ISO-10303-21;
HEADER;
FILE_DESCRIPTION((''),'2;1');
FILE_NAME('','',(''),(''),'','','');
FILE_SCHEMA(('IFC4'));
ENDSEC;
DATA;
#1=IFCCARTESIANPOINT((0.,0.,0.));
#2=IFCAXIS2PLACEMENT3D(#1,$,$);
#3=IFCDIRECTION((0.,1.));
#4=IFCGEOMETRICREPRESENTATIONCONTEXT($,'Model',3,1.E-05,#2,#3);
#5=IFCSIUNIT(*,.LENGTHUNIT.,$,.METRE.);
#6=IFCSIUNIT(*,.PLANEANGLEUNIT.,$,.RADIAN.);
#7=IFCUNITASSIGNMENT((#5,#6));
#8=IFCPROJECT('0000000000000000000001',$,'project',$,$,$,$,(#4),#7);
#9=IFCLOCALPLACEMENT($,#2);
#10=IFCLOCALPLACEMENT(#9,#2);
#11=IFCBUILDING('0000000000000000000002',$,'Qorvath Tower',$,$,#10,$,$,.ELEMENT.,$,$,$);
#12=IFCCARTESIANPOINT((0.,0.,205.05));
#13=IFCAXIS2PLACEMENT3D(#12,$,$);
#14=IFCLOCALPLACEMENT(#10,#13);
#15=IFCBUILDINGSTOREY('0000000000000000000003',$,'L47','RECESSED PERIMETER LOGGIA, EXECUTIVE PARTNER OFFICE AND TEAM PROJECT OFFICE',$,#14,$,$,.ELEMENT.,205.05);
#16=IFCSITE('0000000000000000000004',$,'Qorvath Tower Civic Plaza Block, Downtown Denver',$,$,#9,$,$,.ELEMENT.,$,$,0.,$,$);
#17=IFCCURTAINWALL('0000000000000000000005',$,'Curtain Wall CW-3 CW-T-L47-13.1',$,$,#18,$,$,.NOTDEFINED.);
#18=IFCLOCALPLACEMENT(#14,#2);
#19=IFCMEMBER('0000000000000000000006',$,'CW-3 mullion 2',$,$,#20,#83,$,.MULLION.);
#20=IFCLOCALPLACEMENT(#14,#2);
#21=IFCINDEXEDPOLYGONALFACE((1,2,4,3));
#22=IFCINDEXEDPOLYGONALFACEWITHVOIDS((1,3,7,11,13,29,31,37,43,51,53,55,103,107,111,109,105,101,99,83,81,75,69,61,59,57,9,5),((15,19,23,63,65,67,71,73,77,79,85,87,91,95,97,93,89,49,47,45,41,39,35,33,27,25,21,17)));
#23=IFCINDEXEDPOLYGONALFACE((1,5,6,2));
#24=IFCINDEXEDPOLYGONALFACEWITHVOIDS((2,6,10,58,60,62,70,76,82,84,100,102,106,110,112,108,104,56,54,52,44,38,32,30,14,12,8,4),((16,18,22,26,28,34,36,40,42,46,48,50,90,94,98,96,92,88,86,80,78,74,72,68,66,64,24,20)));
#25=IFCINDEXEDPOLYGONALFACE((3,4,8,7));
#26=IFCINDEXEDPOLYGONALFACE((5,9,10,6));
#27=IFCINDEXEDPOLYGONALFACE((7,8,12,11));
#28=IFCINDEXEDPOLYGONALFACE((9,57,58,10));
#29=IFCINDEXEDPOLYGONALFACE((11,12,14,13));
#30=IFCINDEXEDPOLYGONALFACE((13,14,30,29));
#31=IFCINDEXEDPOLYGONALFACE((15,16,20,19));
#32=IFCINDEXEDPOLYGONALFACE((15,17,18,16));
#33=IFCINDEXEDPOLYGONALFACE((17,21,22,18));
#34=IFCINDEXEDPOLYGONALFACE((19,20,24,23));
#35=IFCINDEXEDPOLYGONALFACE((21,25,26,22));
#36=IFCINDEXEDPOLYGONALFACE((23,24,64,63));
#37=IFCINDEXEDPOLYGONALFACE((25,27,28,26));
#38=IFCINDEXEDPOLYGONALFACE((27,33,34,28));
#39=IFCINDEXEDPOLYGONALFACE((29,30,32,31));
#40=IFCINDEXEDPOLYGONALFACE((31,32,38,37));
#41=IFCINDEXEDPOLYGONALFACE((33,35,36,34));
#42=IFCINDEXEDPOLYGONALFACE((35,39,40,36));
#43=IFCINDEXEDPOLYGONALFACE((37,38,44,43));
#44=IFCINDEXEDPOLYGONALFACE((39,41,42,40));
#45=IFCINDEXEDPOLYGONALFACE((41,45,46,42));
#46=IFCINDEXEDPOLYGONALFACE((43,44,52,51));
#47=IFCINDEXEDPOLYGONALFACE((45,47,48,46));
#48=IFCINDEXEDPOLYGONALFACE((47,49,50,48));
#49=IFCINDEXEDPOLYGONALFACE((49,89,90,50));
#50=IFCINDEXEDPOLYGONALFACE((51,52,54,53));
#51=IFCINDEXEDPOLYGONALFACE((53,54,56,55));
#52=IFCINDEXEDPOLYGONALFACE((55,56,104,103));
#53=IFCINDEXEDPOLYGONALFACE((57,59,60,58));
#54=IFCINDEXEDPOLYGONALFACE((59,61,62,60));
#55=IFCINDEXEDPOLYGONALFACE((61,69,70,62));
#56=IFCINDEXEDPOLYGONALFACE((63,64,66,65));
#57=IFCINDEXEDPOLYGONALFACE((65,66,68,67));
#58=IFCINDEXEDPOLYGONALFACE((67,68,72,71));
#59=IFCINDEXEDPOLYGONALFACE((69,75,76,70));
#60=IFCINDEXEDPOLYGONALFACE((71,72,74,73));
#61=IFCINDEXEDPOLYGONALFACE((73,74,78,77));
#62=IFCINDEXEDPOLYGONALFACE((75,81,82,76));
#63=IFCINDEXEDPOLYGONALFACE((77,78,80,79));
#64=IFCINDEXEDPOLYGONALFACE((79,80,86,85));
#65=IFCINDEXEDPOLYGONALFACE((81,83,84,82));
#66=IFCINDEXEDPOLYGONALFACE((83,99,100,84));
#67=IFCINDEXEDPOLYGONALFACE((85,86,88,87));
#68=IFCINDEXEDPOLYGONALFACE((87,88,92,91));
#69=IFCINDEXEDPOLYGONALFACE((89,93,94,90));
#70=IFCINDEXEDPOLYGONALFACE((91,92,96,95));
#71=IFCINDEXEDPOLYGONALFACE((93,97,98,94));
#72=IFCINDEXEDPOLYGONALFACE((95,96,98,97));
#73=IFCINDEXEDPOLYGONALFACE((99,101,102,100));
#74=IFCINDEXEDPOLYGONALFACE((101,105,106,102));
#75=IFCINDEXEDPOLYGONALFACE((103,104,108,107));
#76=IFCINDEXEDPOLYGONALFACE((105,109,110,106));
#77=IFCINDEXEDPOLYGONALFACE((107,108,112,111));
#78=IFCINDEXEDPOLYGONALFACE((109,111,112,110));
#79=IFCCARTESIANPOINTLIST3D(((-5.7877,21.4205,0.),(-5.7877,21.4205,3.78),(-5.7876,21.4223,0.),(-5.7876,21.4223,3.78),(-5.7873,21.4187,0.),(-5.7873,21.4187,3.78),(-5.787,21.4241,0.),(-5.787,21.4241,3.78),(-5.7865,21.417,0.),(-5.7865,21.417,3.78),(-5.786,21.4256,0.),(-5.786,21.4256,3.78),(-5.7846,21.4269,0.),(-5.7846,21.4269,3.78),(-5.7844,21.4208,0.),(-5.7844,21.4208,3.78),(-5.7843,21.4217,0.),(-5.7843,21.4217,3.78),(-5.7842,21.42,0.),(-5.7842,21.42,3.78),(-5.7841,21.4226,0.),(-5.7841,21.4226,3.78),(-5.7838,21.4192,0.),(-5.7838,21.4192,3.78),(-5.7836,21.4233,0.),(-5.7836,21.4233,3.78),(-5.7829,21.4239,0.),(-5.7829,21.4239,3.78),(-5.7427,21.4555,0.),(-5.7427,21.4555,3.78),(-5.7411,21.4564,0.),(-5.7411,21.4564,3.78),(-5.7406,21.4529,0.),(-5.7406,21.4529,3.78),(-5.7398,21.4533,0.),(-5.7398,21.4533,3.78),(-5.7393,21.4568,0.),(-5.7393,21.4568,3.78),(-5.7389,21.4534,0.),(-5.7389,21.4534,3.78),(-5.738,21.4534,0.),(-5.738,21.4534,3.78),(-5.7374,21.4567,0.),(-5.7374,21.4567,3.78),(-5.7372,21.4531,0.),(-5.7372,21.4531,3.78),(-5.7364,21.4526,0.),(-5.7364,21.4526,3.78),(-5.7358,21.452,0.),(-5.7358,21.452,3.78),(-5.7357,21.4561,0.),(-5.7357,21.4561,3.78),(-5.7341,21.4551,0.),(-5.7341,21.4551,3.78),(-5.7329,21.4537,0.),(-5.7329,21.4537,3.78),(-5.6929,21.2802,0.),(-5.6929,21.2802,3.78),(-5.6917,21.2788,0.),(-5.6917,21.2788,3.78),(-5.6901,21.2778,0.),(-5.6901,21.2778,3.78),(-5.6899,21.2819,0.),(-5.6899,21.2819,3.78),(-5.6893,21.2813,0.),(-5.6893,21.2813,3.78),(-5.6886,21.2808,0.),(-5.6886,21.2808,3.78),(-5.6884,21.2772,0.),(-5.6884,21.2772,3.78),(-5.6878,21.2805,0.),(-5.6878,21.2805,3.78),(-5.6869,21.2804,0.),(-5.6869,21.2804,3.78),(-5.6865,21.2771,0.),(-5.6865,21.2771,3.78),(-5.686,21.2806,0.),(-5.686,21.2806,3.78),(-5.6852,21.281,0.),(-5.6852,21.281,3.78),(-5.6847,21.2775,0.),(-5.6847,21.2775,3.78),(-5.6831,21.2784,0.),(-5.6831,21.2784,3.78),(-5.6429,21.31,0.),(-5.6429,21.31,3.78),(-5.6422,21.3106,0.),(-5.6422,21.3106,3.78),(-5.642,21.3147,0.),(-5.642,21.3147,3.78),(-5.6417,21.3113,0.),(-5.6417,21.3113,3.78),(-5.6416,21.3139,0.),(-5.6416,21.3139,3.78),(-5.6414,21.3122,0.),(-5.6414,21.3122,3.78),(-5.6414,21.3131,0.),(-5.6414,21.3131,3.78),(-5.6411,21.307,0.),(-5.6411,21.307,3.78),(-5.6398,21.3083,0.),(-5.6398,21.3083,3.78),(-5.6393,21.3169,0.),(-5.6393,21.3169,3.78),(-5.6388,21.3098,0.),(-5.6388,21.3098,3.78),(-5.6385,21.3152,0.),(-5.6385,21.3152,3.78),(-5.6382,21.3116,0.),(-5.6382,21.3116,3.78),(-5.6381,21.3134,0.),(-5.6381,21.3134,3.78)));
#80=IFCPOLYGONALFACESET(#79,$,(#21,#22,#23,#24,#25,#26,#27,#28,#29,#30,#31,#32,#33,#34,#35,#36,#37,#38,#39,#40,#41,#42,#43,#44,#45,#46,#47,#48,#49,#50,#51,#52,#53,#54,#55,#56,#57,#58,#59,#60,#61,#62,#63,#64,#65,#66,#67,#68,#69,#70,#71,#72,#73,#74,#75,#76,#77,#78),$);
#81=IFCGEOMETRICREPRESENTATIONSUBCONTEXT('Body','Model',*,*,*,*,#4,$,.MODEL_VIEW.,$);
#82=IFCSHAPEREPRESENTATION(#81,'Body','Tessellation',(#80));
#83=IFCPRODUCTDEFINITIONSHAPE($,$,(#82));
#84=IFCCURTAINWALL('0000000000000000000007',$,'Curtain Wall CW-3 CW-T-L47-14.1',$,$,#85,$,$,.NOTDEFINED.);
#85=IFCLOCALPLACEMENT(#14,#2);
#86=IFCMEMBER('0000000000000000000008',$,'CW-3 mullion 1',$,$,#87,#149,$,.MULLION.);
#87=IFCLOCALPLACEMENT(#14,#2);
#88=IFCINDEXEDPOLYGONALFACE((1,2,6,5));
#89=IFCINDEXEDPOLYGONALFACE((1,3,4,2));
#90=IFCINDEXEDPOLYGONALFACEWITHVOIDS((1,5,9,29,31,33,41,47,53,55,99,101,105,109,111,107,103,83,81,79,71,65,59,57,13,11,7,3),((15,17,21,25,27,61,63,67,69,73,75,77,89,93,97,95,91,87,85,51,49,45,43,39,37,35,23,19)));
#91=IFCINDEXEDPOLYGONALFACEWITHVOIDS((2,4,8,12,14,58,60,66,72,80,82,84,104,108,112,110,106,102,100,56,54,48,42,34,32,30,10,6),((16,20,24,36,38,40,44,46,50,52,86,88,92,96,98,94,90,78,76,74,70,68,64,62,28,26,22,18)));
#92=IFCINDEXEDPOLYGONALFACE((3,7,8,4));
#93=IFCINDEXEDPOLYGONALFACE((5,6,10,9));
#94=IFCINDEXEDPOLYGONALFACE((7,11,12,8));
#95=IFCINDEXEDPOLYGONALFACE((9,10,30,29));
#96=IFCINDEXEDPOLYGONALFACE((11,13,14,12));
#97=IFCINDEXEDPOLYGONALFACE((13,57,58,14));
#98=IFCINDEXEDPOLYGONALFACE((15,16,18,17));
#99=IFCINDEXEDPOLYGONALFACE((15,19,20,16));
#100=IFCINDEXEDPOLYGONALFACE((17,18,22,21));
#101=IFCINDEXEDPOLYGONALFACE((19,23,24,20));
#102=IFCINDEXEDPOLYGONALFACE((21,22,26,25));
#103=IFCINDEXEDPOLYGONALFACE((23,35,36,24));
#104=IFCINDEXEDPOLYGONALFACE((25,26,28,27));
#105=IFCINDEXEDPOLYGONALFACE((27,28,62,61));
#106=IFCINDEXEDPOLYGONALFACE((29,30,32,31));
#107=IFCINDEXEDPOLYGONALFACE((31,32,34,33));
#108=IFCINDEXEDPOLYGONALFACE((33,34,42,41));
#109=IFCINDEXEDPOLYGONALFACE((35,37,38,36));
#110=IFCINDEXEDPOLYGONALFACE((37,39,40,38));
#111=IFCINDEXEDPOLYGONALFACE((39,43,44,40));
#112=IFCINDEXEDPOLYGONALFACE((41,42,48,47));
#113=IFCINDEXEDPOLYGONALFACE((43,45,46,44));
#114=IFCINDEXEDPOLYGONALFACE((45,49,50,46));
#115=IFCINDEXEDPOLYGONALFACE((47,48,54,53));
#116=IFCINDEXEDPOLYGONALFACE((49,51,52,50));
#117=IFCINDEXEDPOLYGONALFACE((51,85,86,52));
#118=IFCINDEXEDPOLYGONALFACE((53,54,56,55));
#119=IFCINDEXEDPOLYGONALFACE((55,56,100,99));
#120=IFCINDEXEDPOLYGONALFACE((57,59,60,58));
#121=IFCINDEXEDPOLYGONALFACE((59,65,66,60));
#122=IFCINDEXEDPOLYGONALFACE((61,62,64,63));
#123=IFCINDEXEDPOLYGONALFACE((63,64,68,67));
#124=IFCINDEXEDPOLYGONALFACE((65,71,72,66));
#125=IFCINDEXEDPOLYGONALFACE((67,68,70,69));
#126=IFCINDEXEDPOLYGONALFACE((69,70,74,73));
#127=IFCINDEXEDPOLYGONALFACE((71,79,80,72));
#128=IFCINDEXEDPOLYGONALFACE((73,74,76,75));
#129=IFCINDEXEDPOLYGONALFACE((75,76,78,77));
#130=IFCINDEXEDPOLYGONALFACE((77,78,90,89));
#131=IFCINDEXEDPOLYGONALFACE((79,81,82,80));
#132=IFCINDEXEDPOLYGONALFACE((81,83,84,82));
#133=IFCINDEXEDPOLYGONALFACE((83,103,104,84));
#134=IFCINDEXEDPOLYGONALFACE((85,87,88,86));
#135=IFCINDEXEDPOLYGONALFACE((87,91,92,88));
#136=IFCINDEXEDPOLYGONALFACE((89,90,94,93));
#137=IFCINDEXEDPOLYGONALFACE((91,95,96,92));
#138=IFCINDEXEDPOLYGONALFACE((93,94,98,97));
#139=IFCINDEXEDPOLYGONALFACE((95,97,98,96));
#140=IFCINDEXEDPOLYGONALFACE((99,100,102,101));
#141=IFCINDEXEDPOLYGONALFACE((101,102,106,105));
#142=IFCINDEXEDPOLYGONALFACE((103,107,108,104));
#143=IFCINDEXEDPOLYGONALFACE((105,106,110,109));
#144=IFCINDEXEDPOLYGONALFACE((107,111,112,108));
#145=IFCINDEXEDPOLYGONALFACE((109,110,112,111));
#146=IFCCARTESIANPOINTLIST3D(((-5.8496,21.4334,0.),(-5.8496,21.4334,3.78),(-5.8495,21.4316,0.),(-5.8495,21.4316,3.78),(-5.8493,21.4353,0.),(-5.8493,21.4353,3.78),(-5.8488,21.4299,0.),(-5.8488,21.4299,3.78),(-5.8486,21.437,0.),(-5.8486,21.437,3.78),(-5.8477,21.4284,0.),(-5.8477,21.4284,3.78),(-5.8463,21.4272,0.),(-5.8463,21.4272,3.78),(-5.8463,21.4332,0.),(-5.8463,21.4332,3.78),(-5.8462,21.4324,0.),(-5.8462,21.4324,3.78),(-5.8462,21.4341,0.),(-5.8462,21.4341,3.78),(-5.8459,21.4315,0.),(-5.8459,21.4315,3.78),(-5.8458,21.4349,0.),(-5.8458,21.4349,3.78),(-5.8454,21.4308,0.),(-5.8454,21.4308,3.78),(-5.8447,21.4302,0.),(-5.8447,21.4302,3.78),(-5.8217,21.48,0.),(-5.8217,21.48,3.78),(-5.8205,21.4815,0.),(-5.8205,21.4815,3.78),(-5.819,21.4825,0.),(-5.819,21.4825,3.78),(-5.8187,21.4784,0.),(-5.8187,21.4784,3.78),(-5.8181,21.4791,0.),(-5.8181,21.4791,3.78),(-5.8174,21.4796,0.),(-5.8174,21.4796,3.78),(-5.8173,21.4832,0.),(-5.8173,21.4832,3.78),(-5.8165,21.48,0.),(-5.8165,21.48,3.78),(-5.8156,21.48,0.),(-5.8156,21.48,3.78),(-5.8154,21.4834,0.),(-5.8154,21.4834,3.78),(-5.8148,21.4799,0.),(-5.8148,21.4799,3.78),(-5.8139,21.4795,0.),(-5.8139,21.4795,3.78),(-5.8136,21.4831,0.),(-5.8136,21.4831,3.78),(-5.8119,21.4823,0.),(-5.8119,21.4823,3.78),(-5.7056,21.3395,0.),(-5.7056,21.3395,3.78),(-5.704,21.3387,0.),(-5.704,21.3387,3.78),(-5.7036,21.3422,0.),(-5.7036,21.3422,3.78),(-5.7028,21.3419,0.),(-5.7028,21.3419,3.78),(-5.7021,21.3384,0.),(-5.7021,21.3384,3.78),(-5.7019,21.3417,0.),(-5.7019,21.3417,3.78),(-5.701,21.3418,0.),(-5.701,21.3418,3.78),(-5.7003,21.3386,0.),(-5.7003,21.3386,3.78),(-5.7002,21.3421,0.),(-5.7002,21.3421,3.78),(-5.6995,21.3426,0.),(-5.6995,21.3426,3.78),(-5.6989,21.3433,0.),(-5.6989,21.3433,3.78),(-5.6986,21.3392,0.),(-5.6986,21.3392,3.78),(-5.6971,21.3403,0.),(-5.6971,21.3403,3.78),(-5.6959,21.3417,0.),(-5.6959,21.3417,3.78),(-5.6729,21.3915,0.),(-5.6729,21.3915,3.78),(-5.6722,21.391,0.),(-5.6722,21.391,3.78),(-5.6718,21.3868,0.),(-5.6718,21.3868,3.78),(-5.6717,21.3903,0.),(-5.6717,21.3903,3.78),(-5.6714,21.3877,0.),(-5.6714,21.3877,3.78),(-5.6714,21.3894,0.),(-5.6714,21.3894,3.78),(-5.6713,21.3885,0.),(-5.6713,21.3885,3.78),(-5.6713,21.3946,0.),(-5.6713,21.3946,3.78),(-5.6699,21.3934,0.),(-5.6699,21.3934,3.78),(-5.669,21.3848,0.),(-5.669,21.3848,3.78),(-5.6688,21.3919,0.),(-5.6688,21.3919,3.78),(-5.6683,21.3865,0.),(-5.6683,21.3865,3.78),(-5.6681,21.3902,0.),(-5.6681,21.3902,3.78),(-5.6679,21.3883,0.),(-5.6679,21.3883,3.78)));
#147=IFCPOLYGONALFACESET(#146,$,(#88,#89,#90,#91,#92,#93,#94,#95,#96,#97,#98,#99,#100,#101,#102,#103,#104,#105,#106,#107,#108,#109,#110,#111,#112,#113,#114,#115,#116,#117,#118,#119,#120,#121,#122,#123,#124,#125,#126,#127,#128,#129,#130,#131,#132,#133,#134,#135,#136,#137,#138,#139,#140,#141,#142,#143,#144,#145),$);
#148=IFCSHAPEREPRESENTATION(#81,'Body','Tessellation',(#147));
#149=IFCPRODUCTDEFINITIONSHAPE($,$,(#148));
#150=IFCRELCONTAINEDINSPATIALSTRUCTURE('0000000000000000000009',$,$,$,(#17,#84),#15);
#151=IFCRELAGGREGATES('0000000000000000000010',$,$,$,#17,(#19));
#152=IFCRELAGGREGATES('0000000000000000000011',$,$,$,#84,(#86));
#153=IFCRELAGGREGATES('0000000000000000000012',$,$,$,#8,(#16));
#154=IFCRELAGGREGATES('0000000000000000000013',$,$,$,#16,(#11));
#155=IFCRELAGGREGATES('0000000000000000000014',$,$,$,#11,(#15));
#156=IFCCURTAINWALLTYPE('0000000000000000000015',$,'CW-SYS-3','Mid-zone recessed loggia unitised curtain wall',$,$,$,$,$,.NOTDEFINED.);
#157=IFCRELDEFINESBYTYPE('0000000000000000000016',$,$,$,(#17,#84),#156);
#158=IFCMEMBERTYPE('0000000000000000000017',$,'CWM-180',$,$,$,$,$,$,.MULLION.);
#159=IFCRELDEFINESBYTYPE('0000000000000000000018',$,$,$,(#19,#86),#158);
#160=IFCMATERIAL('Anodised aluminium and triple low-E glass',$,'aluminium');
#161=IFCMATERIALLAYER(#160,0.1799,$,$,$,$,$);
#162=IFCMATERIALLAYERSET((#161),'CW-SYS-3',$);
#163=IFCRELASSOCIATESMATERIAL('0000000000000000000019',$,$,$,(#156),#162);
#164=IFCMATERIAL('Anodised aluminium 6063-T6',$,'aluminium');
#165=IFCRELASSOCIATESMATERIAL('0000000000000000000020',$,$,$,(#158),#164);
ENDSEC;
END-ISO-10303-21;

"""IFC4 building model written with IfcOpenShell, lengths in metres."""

from ifc_helpers import new_model, si_unit, direction, frame, origin, origin_2d, place, context, subcontext, project, spatial, hollow_rectangle, extrude, material, layer, layer_set, material_profile, profile_set, type_object, element, aggregate, save


model = new_model("IFC4")

# Units and contexts
model_context = context("Model", 3, precision=1e-05, world=origin(), true_north=direction((0.0, 1.0)))
body_context = subcontext(model_context, "Body", "Model", "MODEL_VIEW")
ifc_project = project(units=[si_unit("LENGTHUNIT", "METRE"), si_unit("PLANEANGLEUNIT", "RADIAN")], contexts=[model_context])

# Site, building, storey
site_placement = place(None, origin())
site = spatial("IfcSite", under=ifc_project, at=site_placement, Name="Qorvath Tower Civic Plaza Block, Downtown Denver", CompositionType="ELEMENT", RefElevation=0.0)
building_placement = place(site_placement, origin())
building = spatial("IfcBuilding", under=site, at=building_placement, Name="Qorvath Tower", CompositionType="ELEMENT")
storey_placement = place(building_placement, frame((0.0, 0.0, 205.05)))
storey = spatial("IfcBuildingStorey", under=building, at=storey_placement, Name="L47", Description="RECESSED PERIMETER LOGGIA, EXECUTIVE PARTNER OFFICE AND TEAM PROJECT OFFICE", CompositionType="ELEMENT", Elevation=205.05)

# Shared definitions
ifc_material_1 = material(Name="Anodised aluminium and triple low-E glass", Category="aluminium")
ifc_layer_1 = layer(ifc_material_1, 0.1799)
ifc_layer_set_1 = layer_set([ifc_layer_1], Name="CW-SYS-3")
curtain_wall_type = type_object("IfcCurtainWallType", Name="CW-SYS-3", Description="Mid-zone recessed loggia unitised curtain wall", PredefinedType="NOTDEFINED", material=ifc_layer_set_1)
ifc_material_2 = material(Name="Anodised aluminium 6063-T6", Category="aluminium")
ifc_material_profile_1 = material_profile(ifc_material_2, hollow_rectangle(XDim=0.0649, YDim=0.1799, WallThickness=0.0034, InnerFilletRadius=0.0034, OuterFilletRadius=0.0071, at=origin_2d()), Name="CWM 180x65")
ifc_profile_set_1 = profile_set([ifc_material_profile_1], Name="Anodised aluminium 6063-T6")
member_type_1 = type_object("IfcMemberType", Name="CWM-180", PredefinedType="MULLION", material=ifc_profile_set_1)

# Curtain walls, members
curtain_wall_1_placement = place(storey_placement, origin())
curtain_wall_1 = element("IfcCurtainWall", 1, at=curtain_wall_1_placement, inside=storey, type_object=curtain_wall_type, Name="Curtain Wall CW-3 CW-T-L47-13.1", PredefinedType="NOTDEFINED")
member_1_placement = place(storey_placement, frame((-5.7129, 21.3669, 0.0), z_axis=(0.0, 0.0, 1.0), x_axis=(-0.825425, -0.564512, 0.0)))
member_1 = element("IfcMember", 2, at=member_1_placement, type_object=member_type_1, Name="CW-3 mullion 2", PredefinedType="MULLION", context=body_context, shape_type="SweptSolid", body=[
    extrude(hollow_rectangle(XDim=0.0649, YDim=0.1799, WallThickness=0.0034, InnerFilletRadius=0.0034, OuterFilletRadius=0.0071, at=origin_2d()), origin(), (0.0, 0.0, 1.0), 3.78),
])
curtain_wall_2_placement = place(storey_placement, origin())
curtain_wall_2 = element("IfcCurtainWall", 3, at=curtain_wall_2_placement, inside=storey, type_object=curtain_wall_type, Name="Curtain Wall CW-3 CW-T-L47-14.1", PredefinedType="NOTDEFINED")
member_2_placement = place(storey_placement, frame((-5.7588, 21.4109, 0.0), z_axis=(0.0, 0.0, 1.0), x_axis=(-0.529206, -0.848493, 0.0)))
member_2 = element("IfcMember", 4, at=member_2_placement, type_object=member_type_1, Name="CW-3 mullion 1", PredefinedType="MULLION", context=body_context, shape_type="SweptSolid", body=[
    extrude(hollow_rectangle(XDim=0.0649, YDim=0.1799, WallThickness=0.0034, InnerFilletRadius=0.0034, OuterFilletRadius=0.0071, at=origin_2d()), origin(), (0.0, 0.0, 1.0), 3.78),
])

aggregate(curtain_wall_1, [member_1])
aggregate(curtain_wall_2, [member_2])

save(model, "model.ifc")
